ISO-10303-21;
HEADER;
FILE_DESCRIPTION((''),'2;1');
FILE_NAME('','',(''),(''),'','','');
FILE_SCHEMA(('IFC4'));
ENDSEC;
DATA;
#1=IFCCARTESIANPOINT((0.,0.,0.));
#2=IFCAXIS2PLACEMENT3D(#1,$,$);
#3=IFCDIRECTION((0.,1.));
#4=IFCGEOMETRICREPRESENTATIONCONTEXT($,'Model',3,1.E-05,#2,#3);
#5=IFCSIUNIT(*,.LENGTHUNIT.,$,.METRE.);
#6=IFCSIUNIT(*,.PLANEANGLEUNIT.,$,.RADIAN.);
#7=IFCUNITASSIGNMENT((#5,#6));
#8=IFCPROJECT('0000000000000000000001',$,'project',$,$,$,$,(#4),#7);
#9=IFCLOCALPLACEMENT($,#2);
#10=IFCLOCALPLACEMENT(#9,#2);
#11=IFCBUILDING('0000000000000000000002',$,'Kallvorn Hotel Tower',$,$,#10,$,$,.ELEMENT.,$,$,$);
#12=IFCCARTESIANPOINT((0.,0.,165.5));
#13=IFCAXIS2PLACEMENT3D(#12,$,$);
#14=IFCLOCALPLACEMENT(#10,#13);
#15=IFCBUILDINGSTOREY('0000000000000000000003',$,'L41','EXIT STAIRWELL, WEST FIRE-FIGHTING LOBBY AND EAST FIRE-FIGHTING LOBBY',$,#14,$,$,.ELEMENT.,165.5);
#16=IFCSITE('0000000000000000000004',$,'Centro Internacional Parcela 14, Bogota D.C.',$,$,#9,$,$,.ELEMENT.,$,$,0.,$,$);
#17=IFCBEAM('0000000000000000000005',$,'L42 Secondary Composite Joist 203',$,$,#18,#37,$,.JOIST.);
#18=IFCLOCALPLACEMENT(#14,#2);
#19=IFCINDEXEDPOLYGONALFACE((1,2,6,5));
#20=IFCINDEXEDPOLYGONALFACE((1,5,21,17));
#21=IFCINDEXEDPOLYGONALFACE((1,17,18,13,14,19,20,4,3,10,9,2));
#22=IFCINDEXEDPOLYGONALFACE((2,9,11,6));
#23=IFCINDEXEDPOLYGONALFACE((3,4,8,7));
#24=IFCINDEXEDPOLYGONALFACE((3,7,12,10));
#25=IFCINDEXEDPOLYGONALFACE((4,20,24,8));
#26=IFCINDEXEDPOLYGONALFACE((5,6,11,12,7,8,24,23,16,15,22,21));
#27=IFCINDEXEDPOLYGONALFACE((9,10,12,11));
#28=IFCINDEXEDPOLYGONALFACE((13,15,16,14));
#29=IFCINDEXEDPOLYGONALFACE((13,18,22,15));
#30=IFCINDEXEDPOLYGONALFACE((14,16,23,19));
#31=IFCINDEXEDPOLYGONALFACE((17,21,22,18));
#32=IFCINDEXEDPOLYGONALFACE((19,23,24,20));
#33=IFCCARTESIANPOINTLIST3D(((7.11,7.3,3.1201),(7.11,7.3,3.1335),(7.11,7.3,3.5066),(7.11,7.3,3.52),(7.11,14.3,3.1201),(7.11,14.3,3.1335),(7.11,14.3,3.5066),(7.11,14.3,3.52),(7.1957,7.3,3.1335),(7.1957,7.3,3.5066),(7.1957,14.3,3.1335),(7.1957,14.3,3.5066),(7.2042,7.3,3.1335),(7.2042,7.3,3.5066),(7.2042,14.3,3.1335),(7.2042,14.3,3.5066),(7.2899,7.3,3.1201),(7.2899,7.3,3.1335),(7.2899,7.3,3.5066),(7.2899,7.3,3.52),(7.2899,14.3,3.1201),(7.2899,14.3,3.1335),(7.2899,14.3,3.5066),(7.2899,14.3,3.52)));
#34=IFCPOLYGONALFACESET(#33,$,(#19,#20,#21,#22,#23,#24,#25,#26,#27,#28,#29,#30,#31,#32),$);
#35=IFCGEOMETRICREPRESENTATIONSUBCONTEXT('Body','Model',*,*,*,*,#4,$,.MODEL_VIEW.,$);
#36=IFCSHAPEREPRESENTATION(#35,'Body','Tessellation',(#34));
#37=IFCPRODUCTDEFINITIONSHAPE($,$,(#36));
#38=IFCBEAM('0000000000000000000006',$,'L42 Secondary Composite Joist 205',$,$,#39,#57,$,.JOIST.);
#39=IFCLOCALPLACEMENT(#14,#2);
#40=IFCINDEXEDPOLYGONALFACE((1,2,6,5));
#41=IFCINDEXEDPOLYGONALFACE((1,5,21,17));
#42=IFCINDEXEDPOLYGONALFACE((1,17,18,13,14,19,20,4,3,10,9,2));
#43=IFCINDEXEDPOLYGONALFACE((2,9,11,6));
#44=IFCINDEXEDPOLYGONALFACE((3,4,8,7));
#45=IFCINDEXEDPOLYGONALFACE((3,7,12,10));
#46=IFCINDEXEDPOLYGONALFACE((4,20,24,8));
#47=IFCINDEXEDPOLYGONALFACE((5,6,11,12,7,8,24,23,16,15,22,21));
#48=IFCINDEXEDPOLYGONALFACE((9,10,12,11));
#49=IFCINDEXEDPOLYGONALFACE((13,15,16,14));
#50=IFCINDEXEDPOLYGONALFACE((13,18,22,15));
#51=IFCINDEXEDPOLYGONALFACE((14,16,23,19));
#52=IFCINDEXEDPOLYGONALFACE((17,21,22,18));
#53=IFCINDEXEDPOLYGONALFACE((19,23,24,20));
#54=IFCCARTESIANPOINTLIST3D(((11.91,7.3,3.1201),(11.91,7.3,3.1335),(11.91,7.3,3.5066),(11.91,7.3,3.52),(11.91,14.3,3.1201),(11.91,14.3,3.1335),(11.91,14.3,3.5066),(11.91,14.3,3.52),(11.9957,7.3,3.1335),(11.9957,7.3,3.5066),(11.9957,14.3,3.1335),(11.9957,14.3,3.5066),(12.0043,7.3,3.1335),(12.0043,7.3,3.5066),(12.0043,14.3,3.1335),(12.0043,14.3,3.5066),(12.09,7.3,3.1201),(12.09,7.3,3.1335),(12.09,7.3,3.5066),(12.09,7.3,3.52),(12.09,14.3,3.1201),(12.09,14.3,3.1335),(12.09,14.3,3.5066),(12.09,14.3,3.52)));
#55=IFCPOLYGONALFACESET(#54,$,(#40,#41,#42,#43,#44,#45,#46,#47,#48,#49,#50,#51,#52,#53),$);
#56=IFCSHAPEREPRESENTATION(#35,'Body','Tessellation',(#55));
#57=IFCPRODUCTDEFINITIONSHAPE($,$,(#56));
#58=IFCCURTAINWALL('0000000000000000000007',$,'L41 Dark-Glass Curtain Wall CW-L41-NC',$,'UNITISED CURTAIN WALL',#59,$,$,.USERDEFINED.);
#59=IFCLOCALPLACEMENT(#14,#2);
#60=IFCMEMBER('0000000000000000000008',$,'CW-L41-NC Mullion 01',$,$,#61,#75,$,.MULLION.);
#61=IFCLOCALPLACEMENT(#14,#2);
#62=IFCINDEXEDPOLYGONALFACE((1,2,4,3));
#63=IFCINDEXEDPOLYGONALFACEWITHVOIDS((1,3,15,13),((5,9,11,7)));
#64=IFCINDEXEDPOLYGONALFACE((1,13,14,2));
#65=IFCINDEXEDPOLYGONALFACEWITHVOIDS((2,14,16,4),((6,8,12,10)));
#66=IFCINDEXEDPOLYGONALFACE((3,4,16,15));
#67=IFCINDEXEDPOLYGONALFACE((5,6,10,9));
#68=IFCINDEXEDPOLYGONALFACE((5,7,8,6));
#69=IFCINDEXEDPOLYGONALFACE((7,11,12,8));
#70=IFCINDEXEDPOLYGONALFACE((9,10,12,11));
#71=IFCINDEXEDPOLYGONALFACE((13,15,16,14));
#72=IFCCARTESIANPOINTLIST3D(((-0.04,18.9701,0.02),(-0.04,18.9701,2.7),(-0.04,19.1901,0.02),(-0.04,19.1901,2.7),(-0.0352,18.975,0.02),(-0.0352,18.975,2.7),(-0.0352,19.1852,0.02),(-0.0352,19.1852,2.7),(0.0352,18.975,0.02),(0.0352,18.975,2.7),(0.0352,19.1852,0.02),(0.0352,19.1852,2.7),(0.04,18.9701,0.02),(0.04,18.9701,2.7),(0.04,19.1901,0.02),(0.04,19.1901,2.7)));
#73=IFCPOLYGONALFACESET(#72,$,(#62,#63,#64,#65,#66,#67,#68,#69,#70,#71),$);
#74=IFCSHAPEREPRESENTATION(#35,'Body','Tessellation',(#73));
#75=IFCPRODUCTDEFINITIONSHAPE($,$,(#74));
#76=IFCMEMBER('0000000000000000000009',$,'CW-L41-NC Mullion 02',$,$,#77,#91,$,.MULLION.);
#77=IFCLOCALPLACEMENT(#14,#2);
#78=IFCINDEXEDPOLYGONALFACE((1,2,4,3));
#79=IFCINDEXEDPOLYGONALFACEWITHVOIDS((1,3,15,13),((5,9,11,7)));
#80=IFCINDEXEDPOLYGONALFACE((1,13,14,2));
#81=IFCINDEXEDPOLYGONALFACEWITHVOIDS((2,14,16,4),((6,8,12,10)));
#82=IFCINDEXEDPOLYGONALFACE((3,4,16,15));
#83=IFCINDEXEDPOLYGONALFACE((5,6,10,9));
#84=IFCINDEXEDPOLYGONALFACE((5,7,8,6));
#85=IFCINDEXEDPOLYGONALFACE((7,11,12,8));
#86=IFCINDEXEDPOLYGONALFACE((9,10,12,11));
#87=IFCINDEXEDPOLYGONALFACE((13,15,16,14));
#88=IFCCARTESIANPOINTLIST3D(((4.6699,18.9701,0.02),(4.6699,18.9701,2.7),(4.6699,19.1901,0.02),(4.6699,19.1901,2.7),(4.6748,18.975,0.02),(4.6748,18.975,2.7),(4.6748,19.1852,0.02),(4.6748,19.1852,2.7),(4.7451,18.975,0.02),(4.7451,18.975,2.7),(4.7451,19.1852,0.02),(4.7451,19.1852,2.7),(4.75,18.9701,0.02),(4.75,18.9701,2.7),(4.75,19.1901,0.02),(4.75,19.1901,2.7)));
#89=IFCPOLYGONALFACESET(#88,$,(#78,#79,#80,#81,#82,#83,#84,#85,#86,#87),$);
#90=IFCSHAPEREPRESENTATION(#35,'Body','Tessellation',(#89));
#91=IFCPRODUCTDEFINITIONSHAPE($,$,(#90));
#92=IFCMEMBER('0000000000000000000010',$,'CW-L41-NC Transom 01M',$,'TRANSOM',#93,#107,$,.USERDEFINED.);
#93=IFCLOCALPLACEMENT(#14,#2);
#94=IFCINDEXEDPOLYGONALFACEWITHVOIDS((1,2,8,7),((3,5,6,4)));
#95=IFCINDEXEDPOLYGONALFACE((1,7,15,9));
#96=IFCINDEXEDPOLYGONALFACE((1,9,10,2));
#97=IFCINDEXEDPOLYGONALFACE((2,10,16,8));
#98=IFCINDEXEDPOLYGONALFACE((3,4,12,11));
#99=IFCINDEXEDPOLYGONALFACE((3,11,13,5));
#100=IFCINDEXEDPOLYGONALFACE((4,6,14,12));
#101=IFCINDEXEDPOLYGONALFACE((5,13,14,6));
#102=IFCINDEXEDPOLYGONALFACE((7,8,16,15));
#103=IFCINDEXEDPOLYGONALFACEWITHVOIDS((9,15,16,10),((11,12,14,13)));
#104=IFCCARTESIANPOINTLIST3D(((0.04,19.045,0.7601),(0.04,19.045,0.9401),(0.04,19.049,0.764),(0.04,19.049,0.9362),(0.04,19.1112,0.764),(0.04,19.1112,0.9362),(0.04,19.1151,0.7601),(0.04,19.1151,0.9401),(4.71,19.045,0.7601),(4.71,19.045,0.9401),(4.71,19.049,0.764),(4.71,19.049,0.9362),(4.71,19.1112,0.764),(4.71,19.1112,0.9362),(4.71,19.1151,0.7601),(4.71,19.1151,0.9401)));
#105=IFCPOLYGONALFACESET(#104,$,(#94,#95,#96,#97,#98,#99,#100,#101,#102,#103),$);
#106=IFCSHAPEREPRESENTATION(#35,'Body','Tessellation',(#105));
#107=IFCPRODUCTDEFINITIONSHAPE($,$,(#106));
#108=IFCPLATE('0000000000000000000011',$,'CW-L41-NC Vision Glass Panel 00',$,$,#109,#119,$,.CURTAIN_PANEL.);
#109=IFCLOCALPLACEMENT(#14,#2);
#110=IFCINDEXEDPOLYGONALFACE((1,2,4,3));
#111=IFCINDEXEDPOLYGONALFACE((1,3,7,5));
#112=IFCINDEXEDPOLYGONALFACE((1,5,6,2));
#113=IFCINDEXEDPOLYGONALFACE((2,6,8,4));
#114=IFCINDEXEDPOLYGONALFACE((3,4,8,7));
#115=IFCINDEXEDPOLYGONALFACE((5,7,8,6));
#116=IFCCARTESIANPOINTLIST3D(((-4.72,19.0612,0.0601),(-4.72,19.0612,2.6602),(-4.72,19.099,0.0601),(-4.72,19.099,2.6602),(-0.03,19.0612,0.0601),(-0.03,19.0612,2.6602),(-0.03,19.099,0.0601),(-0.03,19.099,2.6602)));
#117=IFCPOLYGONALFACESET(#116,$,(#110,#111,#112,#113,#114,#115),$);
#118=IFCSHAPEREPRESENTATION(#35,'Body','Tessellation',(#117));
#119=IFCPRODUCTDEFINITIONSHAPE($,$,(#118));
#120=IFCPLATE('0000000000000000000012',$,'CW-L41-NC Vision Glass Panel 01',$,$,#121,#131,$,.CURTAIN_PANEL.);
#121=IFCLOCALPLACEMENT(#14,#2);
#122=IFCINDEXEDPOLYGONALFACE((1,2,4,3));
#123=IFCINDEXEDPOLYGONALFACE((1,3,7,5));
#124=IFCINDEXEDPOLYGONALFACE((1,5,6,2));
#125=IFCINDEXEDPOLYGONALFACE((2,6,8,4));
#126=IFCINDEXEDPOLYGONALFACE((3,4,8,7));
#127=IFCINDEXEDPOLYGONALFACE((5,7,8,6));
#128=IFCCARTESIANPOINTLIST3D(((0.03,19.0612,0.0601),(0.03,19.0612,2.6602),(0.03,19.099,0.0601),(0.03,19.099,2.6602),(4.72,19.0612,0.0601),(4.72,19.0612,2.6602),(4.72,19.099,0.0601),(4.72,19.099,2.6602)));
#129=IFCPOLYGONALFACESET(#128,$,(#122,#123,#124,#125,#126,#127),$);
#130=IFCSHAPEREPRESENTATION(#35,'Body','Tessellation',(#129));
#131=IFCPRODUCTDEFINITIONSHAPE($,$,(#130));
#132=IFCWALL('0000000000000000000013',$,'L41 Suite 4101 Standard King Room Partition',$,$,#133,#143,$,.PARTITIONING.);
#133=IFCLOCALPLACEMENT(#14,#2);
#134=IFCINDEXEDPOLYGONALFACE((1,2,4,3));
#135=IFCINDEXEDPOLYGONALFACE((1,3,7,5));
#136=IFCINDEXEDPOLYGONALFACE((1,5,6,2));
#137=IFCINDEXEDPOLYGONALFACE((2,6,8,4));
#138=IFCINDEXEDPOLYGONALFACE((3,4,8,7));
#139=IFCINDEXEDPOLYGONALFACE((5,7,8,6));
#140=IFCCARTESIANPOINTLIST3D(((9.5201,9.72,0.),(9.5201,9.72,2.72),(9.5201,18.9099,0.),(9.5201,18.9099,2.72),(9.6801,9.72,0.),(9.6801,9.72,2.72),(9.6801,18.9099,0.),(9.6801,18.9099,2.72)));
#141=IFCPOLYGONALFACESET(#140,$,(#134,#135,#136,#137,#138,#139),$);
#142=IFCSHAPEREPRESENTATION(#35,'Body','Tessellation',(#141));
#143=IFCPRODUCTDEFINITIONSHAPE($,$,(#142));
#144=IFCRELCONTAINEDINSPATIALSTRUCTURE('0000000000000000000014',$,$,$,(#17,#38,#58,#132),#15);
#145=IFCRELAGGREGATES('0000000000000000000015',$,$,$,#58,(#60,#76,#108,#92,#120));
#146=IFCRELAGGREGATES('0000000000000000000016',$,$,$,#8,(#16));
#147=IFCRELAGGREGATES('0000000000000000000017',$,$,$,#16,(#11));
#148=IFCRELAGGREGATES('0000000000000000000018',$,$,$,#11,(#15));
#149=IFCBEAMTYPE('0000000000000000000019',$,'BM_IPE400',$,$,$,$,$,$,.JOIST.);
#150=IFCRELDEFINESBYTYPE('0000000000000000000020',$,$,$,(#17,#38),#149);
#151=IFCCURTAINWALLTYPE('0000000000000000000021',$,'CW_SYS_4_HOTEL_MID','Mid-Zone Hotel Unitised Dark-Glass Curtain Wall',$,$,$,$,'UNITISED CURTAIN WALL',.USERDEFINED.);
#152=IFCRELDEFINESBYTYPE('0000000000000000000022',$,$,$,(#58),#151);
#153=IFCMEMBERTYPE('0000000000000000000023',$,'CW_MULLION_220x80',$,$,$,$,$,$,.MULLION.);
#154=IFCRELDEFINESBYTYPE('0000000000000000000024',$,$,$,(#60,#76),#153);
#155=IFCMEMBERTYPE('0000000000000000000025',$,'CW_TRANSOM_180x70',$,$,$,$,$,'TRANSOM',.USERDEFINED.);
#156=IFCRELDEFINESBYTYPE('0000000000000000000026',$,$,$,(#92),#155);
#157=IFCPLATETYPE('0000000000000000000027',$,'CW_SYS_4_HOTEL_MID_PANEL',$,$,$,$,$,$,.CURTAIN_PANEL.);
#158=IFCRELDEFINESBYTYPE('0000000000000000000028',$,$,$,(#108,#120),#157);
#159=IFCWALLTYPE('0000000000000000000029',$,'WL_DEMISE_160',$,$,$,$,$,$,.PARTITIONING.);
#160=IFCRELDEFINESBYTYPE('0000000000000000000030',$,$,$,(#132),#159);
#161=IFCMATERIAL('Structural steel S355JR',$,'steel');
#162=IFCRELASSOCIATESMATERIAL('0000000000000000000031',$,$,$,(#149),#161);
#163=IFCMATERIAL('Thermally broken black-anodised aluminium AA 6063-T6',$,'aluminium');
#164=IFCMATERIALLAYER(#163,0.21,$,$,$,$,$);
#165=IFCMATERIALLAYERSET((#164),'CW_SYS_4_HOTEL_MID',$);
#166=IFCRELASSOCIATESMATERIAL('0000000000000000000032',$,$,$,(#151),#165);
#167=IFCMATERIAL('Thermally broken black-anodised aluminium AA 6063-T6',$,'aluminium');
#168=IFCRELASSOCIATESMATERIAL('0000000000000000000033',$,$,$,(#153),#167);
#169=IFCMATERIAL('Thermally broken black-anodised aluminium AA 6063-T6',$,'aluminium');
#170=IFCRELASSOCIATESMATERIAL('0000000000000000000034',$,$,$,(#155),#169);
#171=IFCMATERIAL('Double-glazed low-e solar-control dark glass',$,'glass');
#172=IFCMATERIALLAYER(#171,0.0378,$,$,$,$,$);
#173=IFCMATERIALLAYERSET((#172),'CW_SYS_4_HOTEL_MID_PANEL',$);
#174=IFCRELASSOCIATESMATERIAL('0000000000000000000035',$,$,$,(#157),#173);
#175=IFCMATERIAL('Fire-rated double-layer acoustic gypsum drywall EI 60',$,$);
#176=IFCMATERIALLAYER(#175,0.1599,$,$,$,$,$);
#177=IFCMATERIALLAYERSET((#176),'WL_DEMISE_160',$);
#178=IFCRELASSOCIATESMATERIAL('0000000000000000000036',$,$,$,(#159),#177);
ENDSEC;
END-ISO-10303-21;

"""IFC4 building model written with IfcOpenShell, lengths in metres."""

from ifc_helpers import new_model, si_unit, direction, frame, frame_2d, origin, origin_2d, place, context, subcontext, project, spatial, rectangle, hollow_rectangle, i_section, extrude, material, layer, layer_set, material_profile, profile_set, type_object, element, aggregate, save


model = new_model("IFC4")

# Units and contexts
model_context = context("Model", 3, precision=1e-05, world=origin(), true_north=direction((0.0, 1.0)))
body_context = subcontext(model_context, "Body", "Model", "MODEL_VIEW")
ifc_project = project(units=[si_unit("LENGTHUNIT", "METRE"), si_unit("PLANEANGLEUNIT", "RADIAN")], contexts=[model_context])

# Site, building, storey
site_placement = place(None, origin())
site = spatial("IfcSite", under=ifc_project, at=site_placement, Name="Centro Internacional Parcela 14, Bogota D.C.", CompositionType="ELEMENT", RefElevation=0.0)
building_placement = place(site_placement, origin())
building = spatial("IfcBuilding", under=site, at=building_placement, Name="Kallvorn Hotel Tower", CompositionType="ELEMENT")
storey_placement = place(building_placement, frame((0.0, 0.0, 165.5)))
storey = spatial("IfcBuildingStorey", under=building, at=storey_placement, Name="L41", Description="EXIT STAIRWELL, WEST FIRE-FIGHTING LOBBY AND EAST FIRE-FIGHTING LOBBY", CompositionType="ELEMENT", Elevation=165.5)

# Beams
ifc_material_1 = material(Name="Structural steel S355JR", Category="steel")
ifc_material_profile_1 = material_profile(ifc_material_1, i_section(OverallWidth=0.1799, OverallDepth=0.3999, WebThickness=0.0085, FlangeThickness=0.0134, at=origin_2d()), Name="IPE 400")
ifc_profile_set_1 = profile_set([ifc_material_profile_1], Name="Structural steel S355JR")
beam_type_1 = type_object("IfcBeamType", Name="BM_IPE400", PredefinedType="JOIST", material=ifc_profile_set_1)
for number, where, z_axis, x_axis, name in (
    (1, (7.2, 7.3, 3.3201), (0.0, 1.0, 0.0), (-1.0, 0.0, 0.0), "L42 Secondary Composite Joist 203"),
    (2, (12.0, 7.3, 3.3201), (0.0, 1.0, 0.0), (-1.0, 0.0, 0.0), "L42 Secondary Composite Joist 205"),
):
    element("IfcBeam", number, at=place(storey_placement, frame(where, z_axis=z_axis, x_axis=x_axis)), inside=storey, type_object=beam_type_1, Name=name, PredefinedType="JOIST", context=body_context, shape_type="SweptSolid", body=[
        extrude(i_section(OverallWidth=0.1799, OverallDepth=0.3999, WebThickness=0.0085, FlangeThickness=0.0134, at=origin_2d()), origin(), (0.0, 0.0, 1.0), 7.0),
    ])

# Curtain wall, members, plates
ifc_material_2 = material(Name="Thermally broken black-anodised aluminium AA 6063-T6", Category="aluminium")
ifc_layer_1 = layer(ifc_material_2, 0.21)
ifc_layer_set_1 = layer_set([ifc_layer_1], Name="CW_SYS_4_HOTEL_MID")
curtain_wall_type = type_object("IfcCurtainWallType", Name="CW_SYS_4_HOTEL_MID", Description="Mid-Zone Hotel Unitised Dark-Glass Curtain Wall", ElementType="UNITISED CURTAIN WALL", PredefinedType="USERDEFINED", material=ifc_layer_set_1)
curtain_wall_placement = place(storey_placement, origin())
curtain_wall = element("IfcCurtainWall", 3, at=curtain_wall_placement, inside=storey, type_object=curtain_wall_type, Name="L41 Dark-Glass Curtain Wall CW-L41-NC", ObjectType="UNITISED CURTAIN WALL", PredefinedType="USERDEFINED")
ifc_material_3 = material(Name="Thermally broken black-anodised aluminium AA 6063-T6", Category="aluminium")
ifc_material_profile_2 = material_profile(ifc_material_3, hollow_rectangle(XDim=0.0801, YDim=0.22, WallThickness=0.0049, at=origin_2d()), Name="MUL 220x80")
ifc_profile_set_2 = profile_set([ifc_material_profile_2], Name="Thermally broken black-anodised aluminium AA 6063-T6")
member_type_1 = type_object("IfcMemberType", Name="CW_MULLION_220x80", PredefinedType="MULLION", material=ifc_profile_set_2)
member_1_placement = place(storey_placement, frame((0.0, 19.0801, 0.02), z_axis=(0.0, 0.0, 1.0), x_axis=(1.0, 0.0, 0.0)))
member_1 = element("IfcMember", 4, at=member_1_placement, type_object=member_type_1, Name="CW-L41-NC Mullion 01", PredefinedType="MULLION", context=body_context, shape_type="SweptSolid", body=[
    extrude(hollow_rectangle(XDim=0.0801, YDim=0.22, WallThickness=0.0049, at=origin_2d()), origin(), (0.0, 0.0, 1.0), 2.6799),
])
member_2_placement = place(storey_placement, frame((4.71, 19.0801, 0.02), z_axis=(0.0, 0.0, 1.0), x_axis=(1.0, 0.0, 0.0)))
member_2 = element("IfcMember", 5, at=member_2_placement, type_object=member_type_1, Name="CW-L41-NC Mullion 02", PredefinedType="MULLION", context=body_context, shape_type="SweptSolid", body=[
    extrude(hollow_rectangle(XDim=0.0801, YDim=0.22, WallThickness=0.0049, at=origin_2d()), origin(), (0.0, 0.0, 1.0), 2.6799),
])
ifc_material_4 = material(Name="Thermally broken black-anodised aluminium AA 6063-T6", Category="aluminium")
ifc_material_profile_3 = material_profile(ifc_material_4, hollow_rectangle(XDim=0.0701, YDim=0.1799, WallThickness=0.0039, at=origin_2d()), Name="TRN 180x70")
ifc_profile_set_3 = profile_set([ifc_material_profile_3], Name="Thermally broken black-anodised aluminium AA 6063-T6")
member_type_2 = type_object("IfcMemberType", Name="CW_TRANSOM_180x70", ElementType="TRANSOM", PredefinedType="USERDEFINED", material=ifc_profile_set_3)
member_3_placement = place(storey_placement, frame((0.04, 19.0801, 0.8501), z_axis=(1.0, 0.0, 0.0), x_axis=(0.0, 1.0, 0.0)))
member_3 = element("IfcMember", 6, at=member_3_placement, type_object=member_type_2, Name="CW-L41-NC Transom 01M", ObjectType="TRANSOM", PredefinedType="USERDEFINED", context=body_context, shape_type="SweptSolid", body=[
    extrude(hollow_rectangle(XDim=0.0701, YDim=0.1799, WallThickness=0.0039, at=origin_2d()), origin(), (0.0, 0.0, 1.0), 4.6699),
])
ifc_material_5 = material(Name="Double-glazed low-e solar-control dark glass", Category="glass")
ifc_layer_2 = layer(ifc_material_5, 0.0378)
ifc_layer_set_2 = layer_set([ifc_layer_2], Name="CW_SYS_4_HOTEL_MID_PANEL")
plate_type = type_object("IfcPlateType", Name="CW_SYS_4_HOTEL_MID_PANEL", PredefinedType="CURTAIN_PANEL", material=ifc_layer_set_2)
plate_1_placement = place(storey_placement, frame((-2.375, 19.0801, 0.0601), z_axis=(0.0, 0.0, 1.0), x_axis=(1.0, 0.0, 0.0)))
plate_1 = element("IfcPlate", 7, at=plate_1_placement, type_object=plate_type, Name="CW-L41-NC Vision Glass Panel 00", PredefinedType="CURTAIN_PANEL", context=body_context, shape_type="SweptSolid", body=[
    extrude(rectangle(XDim=4.6899, YDim=0.0378, at=origin_2d()), origin(), (0.0, 0.0, 1.0), 2.6001),
])
plate_2_placement = place(storey_placement, frame((2.375, 19.0801, 0.0601), z_axis=(0.0, 0.0, 1.0), x_axis=(1.0, 0.0, 0.0)))
plate_2 = element("IfcPlate", 8, at=plate_2_placement, type_object=plate_type, Name="CW-L41-NC Vision Glass Panel 01", PredefinedType="CURTAIN_PANEL", context=body_context, shape_type="SweptSolid", body=[
    extrude(rectangle(XDim=4.6899, YDim=0.0378, at=origin_2d()), origin(), (0.0, 0.0, 1.0), 2.6001),
])
aggregate(curtain_wall, [member_1, member_2, plate_1, member_3, plate_2])

# Wall
ifc_material_6 = material(Name="Fire-rated double-layer acoustic gypsum drywall EI 60")
ifc_layer_3 = layer(ifc_material_6, 0.1599)
ifc_layer_set_3 = layer_set([ifc_layer_3], Name="WL_DEMISE_160")
wall_type_1 = type_object("IfcWallType", Name="WL_DEMISE_160", PredefinedType="PARTITIONING", material=ifc_layer_set_3)
wall_1_placement = place(storey_placement, frame((9.6001, 9.72, 0.0), z_axis=(0.0, 0.0, 1.0), x_axis=(0.0, 1.0, 0.0)))
element("IfcWall", 9, at=wall_1_placement, inside=storey, type_object=wall_type_1, Name="L41 Suite 4101 Standard King Room Partition", PredefinedType="PARTITIONING", context=body_context, shape_type="SweptSolid", body=[
    extrude(rectangle(XDim=9.1899, YDim=0.1599, at=frame_2d((4.595, 0.0))), origin(), (0.0, 0.0, 1.0), 2.72),
])

save(model, "model.ifc")
